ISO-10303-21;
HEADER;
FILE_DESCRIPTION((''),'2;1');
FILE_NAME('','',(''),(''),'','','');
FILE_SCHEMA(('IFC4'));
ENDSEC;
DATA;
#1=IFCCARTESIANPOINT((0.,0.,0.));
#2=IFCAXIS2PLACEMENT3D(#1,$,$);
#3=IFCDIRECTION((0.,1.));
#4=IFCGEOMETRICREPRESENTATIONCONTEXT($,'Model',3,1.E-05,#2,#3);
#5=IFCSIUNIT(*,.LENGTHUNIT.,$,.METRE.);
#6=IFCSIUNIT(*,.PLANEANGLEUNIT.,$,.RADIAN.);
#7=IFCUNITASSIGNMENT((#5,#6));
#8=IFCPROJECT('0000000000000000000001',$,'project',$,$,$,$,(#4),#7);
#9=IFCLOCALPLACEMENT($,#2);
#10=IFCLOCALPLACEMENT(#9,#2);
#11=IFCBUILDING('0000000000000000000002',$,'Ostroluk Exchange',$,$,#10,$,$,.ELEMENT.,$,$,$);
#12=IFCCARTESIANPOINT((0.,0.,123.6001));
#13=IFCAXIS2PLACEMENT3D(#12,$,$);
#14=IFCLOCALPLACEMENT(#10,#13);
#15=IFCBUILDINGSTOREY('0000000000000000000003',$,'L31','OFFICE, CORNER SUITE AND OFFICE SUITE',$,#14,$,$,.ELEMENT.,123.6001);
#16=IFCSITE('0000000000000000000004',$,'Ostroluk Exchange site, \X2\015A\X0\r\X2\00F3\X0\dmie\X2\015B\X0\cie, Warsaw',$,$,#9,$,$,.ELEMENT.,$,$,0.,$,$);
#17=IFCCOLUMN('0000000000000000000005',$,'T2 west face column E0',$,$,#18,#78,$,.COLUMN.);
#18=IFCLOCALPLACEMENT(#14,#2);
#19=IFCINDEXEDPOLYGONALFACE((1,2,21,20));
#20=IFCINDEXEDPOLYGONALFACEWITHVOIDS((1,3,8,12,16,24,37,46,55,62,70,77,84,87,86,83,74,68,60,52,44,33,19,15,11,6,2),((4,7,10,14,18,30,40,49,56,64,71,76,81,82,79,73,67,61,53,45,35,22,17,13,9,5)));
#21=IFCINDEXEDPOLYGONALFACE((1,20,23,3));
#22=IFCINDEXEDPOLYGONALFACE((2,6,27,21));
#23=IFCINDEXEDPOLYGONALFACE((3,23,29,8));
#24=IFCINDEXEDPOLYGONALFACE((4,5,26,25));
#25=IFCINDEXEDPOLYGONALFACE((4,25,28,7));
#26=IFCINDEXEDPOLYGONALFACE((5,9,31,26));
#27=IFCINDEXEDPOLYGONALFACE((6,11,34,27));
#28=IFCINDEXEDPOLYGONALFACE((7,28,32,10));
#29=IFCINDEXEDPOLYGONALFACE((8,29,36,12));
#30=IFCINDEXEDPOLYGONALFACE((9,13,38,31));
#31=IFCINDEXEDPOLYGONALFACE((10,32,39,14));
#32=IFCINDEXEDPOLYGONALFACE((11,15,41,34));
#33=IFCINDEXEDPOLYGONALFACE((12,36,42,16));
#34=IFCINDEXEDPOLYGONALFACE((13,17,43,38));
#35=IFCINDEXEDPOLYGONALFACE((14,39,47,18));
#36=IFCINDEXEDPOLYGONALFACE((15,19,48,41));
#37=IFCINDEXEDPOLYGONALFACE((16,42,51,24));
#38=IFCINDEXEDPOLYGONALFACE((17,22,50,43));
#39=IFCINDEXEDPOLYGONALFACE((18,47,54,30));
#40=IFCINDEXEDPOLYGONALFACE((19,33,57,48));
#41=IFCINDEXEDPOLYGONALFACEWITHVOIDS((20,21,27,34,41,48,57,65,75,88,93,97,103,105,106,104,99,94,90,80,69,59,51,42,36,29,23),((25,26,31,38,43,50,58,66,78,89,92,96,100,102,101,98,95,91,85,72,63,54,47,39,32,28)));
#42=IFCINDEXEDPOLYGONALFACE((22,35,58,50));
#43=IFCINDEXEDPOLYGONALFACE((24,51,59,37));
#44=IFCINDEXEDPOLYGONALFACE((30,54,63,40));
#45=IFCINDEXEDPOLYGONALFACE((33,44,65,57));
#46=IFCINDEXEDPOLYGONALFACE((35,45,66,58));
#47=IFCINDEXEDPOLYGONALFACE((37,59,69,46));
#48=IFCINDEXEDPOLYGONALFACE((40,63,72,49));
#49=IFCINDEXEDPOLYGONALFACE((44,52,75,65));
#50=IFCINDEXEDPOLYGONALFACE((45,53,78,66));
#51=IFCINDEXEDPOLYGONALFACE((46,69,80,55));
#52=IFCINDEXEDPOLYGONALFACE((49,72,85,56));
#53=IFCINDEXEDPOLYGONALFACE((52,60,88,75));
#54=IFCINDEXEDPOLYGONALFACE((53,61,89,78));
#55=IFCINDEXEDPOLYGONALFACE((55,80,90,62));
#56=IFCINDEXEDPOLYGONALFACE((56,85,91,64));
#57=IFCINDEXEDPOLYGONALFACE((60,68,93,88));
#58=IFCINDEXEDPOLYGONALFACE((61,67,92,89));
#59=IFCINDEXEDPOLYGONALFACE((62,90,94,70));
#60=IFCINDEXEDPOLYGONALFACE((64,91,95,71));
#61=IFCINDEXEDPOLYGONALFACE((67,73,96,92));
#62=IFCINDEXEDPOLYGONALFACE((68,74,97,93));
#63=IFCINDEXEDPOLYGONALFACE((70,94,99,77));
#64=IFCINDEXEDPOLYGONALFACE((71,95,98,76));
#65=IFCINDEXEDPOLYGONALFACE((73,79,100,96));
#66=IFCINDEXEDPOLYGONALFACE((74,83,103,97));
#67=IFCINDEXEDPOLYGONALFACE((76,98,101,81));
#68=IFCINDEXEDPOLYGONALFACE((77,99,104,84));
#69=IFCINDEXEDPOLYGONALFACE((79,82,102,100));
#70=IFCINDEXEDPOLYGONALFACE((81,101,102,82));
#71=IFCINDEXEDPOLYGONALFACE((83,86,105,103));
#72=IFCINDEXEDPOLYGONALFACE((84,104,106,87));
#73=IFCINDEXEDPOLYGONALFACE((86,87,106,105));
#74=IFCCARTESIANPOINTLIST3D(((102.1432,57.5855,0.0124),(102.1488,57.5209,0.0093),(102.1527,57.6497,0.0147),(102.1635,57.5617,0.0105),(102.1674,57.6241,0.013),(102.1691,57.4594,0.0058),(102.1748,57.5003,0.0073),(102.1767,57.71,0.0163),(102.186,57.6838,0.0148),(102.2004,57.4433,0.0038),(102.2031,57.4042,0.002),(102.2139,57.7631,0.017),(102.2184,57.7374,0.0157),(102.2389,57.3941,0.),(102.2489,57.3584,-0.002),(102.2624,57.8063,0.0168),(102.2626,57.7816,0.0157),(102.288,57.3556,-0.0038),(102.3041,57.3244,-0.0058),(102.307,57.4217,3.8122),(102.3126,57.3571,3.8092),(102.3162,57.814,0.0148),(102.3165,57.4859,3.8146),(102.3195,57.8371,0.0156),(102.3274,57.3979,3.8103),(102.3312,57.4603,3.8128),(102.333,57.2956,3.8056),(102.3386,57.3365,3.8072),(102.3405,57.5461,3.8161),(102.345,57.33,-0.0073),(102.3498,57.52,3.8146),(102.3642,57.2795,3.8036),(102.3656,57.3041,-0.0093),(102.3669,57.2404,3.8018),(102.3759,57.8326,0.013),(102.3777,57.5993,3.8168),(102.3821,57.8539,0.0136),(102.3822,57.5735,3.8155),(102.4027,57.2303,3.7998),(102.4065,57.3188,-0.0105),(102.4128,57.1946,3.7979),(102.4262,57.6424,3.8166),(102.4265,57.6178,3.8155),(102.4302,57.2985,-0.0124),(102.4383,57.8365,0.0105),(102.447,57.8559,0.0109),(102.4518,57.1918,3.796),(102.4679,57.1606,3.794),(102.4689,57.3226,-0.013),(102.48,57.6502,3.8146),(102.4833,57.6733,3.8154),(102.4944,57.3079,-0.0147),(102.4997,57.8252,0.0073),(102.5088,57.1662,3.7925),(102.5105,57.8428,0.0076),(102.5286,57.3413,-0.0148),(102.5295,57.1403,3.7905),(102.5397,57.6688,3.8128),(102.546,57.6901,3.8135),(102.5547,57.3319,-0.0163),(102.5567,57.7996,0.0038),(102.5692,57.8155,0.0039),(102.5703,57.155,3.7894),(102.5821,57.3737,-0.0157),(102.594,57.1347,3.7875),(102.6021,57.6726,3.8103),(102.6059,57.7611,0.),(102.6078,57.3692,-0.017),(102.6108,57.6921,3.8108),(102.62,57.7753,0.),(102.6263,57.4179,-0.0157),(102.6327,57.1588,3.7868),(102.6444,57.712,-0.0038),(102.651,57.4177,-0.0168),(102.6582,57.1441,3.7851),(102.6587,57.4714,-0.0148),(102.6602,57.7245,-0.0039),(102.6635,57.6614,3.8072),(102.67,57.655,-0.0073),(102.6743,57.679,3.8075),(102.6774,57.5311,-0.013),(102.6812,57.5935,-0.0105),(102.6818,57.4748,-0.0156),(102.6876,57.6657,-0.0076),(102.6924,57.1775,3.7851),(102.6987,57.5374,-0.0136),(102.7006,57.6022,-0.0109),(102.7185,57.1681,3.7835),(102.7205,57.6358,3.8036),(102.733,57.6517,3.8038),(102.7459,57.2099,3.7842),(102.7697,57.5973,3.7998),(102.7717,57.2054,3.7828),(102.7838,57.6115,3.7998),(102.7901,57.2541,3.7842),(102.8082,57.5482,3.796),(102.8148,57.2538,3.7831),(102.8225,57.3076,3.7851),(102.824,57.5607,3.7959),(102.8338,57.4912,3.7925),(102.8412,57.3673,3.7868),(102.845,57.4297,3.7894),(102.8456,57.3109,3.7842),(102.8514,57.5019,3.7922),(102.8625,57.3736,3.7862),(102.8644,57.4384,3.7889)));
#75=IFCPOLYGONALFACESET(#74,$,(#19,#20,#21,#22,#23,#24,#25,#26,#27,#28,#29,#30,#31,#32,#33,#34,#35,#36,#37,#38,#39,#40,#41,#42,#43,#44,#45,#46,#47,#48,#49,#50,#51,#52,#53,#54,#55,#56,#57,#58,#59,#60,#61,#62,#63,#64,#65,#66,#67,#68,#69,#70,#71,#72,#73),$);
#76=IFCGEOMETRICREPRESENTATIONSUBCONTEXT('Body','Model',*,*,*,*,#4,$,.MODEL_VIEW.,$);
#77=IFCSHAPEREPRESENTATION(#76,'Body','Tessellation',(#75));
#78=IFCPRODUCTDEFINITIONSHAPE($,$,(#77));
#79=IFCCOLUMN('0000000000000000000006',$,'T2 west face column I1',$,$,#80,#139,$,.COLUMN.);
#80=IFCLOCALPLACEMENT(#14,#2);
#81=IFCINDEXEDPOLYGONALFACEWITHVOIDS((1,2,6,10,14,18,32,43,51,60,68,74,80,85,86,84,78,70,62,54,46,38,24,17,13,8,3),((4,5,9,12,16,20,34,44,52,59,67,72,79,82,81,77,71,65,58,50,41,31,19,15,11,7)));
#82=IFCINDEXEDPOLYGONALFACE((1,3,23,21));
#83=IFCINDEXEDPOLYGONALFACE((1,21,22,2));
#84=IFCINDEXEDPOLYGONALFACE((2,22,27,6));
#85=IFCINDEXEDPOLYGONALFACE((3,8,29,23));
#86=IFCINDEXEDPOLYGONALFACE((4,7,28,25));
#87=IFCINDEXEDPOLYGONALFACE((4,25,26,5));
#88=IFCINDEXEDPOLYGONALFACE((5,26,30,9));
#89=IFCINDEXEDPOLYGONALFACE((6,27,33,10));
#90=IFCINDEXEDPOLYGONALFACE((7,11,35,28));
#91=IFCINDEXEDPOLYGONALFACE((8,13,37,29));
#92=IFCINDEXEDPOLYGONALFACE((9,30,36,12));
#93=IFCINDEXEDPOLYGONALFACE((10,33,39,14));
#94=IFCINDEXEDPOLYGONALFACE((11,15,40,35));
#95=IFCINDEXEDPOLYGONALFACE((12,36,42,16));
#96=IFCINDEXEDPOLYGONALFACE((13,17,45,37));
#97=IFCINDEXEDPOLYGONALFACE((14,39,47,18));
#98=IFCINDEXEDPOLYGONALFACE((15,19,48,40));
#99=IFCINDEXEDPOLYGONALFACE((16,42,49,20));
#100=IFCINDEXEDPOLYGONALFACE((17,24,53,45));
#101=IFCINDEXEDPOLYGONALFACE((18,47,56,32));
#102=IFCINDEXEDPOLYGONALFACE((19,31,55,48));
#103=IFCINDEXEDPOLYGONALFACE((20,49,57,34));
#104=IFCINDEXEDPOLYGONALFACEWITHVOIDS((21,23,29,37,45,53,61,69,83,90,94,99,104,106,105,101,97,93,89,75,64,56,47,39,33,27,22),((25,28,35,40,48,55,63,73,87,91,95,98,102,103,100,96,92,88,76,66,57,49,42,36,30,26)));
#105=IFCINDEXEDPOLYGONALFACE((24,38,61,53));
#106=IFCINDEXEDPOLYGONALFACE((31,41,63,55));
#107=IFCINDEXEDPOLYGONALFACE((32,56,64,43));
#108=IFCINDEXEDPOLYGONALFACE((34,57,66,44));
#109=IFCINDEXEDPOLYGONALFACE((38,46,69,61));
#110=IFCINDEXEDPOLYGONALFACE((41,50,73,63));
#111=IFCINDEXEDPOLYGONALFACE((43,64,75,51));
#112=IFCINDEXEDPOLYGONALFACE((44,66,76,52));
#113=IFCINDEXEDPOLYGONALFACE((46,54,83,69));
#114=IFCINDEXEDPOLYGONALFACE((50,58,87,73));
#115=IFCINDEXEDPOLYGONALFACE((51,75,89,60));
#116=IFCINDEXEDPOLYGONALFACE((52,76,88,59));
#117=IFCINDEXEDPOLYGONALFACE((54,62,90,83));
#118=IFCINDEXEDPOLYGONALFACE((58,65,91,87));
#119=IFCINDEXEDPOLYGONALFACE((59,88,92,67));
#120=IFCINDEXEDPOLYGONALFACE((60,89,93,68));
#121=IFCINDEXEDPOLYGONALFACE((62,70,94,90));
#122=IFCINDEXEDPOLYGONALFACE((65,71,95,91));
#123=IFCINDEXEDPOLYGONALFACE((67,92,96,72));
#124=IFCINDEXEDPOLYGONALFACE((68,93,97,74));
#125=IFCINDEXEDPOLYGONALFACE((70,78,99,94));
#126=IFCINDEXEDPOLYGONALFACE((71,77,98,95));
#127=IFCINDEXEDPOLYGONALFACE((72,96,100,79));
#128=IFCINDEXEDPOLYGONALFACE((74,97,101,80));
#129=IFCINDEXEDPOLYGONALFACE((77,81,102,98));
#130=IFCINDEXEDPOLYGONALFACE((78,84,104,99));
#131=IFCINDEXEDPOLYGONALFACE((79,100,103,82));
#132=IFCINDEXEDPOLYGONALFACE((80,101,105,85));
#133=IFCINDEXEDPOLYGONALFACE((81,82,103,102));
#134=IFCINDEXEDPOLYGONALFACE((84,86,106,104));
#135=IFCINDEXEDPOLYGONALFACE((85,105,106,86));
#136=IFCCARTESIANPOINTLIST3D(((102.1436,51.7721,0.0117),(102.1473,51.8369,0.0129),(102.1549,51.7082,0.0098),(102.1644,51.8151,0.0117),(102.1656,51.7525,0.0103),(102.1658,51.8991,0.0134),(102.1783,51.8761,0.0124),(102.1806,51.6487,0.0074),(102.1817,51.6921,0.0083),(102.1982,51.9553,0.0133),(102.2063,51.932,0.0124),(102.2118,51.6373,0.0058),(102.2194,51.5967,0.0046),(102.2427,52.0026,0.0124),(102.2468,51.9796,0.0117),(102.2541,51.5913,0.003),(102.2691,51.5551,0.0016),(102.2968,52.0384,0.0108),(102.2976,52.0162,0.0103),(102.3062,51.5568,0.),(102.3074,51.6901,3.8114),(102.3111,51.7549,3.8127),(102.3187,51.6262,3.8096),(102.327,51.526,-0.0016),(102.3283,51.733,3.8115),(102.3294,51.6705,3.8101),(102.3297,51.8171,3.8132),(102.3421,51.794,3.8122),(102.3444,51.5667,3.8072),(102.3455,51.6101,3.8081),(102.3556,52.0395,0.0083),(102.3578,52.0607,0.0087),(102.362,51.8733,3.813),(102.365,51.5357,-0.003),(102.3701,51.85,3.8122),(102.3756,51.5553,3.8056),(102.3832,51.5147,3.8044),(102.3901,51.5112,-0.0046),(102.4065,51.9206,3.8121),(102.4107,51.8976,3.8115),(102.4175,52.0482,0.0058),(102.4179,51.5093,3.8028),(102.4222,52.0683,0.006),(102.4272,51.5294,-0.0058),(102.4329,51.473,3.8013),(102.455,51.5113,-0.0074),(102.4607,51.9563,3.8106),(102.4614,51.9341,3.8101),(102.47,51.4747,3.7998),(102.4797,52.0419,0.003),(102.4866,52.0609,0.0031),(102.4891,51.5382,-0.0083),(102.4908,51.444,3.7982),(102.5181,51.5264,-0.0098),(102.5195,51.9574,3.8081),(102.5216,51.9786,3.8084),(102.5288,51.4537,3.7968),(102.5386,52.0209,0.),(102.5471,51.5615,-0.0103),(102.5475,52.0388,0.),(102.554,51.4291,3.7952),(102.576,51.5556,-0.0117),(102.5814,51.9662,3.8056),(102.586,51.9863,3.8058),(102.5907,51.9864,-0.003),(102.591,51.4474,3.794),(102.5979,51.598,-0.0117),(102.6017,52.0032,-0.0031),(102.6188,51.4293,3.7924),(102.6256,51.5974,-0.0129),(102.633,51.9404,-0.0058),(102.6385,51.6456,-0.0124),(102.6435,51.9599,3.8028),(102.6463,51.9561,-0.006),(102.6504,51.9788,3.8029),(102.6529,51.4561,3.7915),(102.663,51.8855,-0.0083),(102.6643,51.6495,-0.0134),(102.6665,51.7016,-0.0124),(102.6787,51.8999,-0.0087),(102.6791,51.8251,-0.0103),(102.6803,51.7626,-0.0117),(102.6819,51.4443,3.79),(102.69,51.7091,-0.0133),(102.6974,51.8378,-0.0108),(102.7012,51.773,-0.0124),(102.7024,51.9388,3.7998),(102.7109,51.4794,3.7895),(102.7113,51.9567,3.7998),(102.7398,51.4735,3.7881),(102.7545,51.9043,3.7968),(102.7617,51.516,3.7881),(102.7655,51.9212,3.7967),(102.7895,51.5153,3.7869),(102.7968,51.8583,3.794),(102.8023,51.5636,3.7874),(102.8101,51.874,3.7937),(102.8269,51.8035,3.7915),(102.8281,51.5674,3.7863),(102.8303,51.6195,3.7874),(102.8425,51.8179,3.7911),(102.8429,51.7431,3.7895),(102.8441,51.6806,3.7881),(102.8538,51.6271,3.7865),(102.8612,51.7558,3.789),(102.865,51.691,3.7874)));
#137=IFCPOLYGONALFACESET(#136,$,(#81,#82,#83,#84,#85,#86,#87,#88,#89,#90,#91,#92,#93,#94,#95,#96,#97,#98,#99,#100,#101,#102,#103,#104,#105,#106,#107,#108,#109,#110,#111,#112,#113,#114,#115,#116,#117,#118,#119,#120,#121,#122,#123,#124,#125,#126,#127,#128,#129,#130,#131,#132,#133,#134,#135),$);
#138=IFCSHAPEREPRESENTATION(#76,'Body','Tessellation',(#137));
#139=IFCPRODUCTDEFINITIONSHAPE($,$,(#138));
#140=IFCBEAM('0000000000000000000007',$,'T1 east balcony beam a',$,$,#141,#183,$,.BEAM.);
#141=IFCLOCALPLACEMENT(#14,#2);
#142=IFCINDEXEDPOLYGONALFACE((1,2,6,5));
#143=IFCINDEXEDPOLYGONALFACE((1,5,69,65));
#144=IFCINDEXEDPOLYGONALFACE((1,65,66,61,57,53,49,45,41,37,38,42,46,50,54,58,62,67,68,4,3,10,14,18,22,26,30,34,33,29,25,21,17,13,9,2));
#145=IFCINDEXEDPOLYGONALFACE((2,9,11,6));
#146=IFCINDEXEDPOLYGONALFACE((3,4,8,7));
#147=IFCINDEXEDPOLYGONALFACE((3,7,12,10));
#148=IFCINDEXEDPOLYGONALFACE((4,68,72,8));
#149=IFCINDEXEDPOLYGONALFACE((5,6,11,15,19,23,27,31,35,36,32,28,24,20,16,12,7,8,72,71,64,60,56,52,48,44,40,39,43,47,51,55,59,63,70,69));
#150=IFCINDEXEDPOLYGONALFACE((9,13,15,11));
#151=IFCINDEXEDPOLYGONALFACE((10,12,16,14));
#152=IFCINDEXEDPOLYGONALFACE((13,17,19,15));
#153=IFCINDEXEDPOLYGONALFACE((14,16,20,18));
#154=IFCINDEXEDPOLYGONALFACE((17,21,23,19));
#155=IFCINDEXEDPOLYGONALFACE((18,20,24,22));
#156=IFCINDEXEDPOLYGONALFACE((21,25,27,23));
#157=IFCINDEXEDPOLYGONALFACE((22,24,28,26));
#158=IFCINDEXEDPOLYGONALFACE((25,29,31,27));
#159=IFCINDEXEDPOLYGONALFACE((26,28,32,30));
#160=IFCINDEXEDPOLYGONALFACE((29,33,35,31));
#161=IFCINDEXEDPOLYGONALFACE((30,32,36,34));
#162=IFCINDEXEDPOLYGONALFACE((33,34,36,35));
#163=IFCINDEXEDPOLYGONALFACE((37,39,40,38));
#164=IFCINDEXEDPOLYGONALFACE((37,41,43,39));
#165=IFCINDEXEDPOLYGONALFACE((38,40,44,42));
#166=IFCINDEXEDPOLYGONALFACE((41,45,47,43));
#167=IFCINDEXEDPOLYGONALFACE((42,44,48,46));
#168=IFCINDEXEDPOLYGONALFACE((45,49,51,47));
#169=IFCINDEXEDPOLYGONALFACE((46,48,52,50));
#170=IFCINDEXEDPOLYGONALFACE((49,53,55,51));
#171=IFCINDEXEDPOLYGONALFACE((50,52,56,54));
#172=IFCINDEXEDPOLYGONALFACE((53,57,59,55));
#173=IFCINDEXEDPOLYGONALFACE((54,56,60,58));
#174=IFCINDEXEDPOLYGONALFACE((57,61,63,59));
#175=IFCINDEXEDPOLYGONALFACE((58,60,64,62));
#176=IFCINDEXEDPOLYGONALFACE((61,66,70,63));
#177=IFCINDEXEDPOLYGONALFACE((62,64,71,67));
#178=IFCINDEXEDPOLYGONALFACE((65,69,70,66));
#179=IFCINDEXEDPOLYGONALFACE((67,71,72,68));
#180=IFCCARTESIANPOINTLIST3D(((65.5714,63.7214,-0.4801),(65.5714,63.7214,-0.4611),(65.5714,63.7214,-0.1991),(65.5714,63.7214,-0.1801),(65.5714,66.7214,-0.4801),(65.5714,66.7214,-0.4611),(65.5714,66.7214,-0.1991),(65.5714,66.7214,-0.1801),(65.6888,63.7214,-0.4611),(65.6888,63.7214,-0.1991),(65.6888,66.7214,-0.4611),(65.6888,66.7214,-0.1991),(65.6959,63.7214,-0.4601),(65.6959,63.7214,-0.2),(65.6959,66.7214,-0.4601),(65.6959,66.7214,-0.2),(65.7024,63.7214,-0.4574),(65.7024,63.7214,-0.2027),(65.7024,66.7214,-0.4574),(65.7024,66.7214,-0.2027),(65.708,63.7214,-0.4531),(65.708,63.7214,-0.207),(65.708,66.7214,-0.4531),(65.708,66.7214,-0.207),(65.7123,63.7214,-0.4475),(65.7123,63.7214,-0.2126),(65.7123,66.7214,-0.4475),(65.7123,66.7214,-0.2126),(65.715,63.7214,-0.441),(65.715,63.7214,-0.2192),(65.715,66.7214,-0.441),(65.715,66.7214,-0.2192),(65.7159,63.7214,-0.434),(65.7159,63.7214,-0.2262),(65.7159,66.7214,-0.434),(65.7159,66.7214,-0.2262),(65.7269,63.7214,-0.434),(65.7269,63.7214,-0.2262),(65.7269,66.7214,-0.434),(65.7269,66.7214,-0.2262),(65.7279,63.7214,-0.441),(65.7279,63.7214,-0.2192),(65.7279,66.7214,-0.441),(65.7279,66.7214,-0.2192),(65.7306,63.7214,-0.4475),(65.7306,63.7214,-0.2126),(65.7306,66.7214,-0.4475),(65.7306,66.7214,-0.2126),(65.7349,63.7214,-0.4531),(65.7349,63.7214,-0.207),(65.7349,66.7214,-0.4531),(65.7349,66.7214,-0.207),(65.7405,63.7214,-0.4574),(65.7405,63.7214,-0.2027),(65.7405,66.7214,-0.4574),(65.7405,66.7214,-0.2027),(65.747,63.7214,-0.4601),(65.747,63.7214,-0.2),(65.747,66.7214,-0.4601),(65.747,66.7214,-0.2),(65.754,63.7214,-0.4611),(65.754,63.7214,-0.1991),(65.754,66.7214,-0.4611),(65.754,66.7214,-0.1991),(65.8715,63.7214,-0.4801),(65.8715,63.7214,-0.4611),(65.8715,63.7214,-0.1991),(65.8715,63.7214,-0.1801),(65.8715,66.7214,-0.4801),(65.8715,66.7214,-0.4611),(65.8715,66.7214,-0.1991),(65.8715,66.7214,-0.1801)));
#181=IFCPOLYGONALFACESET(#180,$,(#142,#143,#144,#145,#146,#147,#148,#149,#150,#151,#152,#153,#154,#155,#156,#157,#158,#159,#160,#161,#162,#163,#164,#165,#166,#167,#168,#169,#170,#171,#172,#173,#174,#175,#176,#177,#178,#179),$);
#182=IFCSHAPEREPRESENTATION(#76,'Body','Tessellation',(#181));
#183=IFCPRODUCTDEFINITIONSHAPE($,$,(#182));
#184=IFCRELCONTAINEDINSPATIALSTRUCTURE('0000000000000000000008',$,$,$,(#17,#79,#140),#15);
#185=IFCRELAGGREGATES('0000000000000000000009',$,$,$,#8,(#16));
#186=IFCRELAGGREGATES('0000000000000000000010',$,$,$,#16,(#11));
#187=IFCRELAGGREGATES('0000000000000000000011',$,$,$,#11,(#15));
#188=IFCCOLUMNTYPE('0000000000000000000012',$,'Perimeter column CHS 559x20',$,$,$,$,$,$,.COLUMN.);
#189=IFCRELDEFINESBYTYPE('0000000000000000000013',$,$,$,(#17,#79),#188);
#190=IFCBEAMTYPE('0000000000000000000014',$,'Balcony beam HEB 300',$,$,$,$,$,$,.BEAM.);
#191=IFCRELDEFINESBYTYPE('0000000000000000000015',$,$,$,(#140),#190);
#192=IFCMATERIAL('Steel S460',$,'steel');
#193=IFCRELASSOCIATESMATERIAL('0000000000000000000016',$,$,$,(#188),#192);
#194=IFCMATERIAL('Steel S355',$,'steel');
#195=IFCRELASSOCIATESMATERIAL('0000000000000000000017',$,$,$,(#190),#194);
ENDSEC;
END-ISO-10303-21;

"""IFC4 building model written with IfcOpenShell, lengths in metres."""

from ifc_helpers import new_model, si_unit, direction, frame, origin, origin_2d, place, context, subcontext, project, spatial, hollow_circle, i_section, extrude, material, material_profile, profile_set, type_object, element, save


model = new_model("IFC4")

# Units and contexts
model_context = context("Model", 3, precision=1e-05, world=origin(), true_north=direction((0.0, 1.0)))
body_context = subcontext(model_context, "Body", "Model", "MODEL_VIEW")
ifc_project = project(units=[si_unit("LENGTHUNIT", "METRE"), si_unit("PLANEANGLEUNIT", "RADIAN")], contexts=[model_context])

# Site, building, storey
site_placement = place(None, origin())
site = spatial("IfcSite", under=ifc_project, at=site_placement, Name="Ostroluk Exchange site, Śródmieście, Warsaw", CompositionType="ELEMENT", RefElevation=0.0)
building_placement = place(site_placement, origin())
building = spatial("IfcBuilding", under=site, at=building_placement, Name="Ostroluk Exchange", CompositionType="ELEMENT")
storey_placement = place(building_placement, frame((0.0, 0.0, 123.6001)))
storey = spatial("IfcBuildingStorey", under=building, at=storey_placement, Name="L31", Description="OFFICE, CORNER SUITE AND OFFICE SUITE", CompositionType="ELEMENT", Elevation=123.6001)

# Columns
ifc_material_1 = material(Name="Steel S460", Category="steel")
ifc_material_profile_1 = material_profile(ifc_material_1, hollow_circle(Radius=0.2795, WallThickness=0.02, at=origin_2d()), Name="CHS 559x20")
ifc_profile_set_1 = profile_set([ifc_material_profile_1], Name="Steel S460")
column_type_1 = type_object("IfcColumnType", Name="Perimeter column CHS 559x20", PredefinedType="COLUMN", material=ifc_profile_set_1)
column_1_placement = place(storey_placement, frame((102.4224, 57.5776, 0.0), z_axis=(0.043032, -0.043032, 0.998146), x_axis=(0.707107, 0.707107, 0.0)))
element("IfcColumn", 1, at=column_1_placement, inside=storey, type_object=column_type_1, Name="T2 west face column E0", PredefinedType="COLUMN", context=body_context, shape_type="SweptSolid", body=[
    extrude(hollow_circle(Radius=0.2795, WallThickness=0.02, at=origin_2d()), origin(), (0.0, 0.0, 1.0), 3.8069),
])
column_2_placement = place(storey_placement, frame((102.4224, 51.7888, 0.0), z_axis=(0.043062, -0.021563, 0.99884), x_axis=(0.447747, 0.894161, 0.0)))
element("IfcColumn", 2, at=column_2_placement, inside=storey, type_object=column_type_1, Name="T2 west face column I1", PredefinedType="COLUMN", context=body_context, shape_type="SweptSolid", body=[
    extrude(hollow_circle(Radius=0.2795, WallThickness=0.02, at=origin_2d()), origin(), (0.0, 0.0, 1.0), 3.8042),
])

# Beam
ifc_material_2 = material(Name="Steel S355", Category="steel")
ifc_material_profile_2 = material_profile(ifc_material_2, i_section(OverallWidth=0.3, OverallDepth=0.3, WebThickness=0.011, FlangeThickness=0.019, FilletRadius=0.0271, at=origin_2d()), Name="HEB 300")
ifc_profile_set_2 = profile_set([ifc_material_profile_2], Name="Steel S355")
beam_type_1 = type_object("IfcBeamType", Name="Balcony beam HEB 300", PredefinedType="BEAM", material=ifc_profile_set_2)
for number, where, z_axis, x_axis, name in (
    (3, (65.7214, 63.7214, -0.3301), (0.0, 1.0, 0.0), (-1.0, 0.0, 0.0), "T1 east balcony beam a"),
):
    element("IfcBeam", number, at=place(storey_placement, frame(where, z_axis=z_axis, x_axis=x_axis)), inside=storey, type_object=beam_type_1, Name=name, PredefinedType="BEAM", context=body_context, shape_type="SweptSolid", body=[
        extrude(i_section(OverallWidth=0.3, OverallDepth=0.3, WebThickness=0.011, FlangeThickness=0.019, FilletRadius=0.0271, at=origin_2d()), origin(), (0.0, 0.0, 1.0), 3.0),
    ])

save(model, "model.ifc")
